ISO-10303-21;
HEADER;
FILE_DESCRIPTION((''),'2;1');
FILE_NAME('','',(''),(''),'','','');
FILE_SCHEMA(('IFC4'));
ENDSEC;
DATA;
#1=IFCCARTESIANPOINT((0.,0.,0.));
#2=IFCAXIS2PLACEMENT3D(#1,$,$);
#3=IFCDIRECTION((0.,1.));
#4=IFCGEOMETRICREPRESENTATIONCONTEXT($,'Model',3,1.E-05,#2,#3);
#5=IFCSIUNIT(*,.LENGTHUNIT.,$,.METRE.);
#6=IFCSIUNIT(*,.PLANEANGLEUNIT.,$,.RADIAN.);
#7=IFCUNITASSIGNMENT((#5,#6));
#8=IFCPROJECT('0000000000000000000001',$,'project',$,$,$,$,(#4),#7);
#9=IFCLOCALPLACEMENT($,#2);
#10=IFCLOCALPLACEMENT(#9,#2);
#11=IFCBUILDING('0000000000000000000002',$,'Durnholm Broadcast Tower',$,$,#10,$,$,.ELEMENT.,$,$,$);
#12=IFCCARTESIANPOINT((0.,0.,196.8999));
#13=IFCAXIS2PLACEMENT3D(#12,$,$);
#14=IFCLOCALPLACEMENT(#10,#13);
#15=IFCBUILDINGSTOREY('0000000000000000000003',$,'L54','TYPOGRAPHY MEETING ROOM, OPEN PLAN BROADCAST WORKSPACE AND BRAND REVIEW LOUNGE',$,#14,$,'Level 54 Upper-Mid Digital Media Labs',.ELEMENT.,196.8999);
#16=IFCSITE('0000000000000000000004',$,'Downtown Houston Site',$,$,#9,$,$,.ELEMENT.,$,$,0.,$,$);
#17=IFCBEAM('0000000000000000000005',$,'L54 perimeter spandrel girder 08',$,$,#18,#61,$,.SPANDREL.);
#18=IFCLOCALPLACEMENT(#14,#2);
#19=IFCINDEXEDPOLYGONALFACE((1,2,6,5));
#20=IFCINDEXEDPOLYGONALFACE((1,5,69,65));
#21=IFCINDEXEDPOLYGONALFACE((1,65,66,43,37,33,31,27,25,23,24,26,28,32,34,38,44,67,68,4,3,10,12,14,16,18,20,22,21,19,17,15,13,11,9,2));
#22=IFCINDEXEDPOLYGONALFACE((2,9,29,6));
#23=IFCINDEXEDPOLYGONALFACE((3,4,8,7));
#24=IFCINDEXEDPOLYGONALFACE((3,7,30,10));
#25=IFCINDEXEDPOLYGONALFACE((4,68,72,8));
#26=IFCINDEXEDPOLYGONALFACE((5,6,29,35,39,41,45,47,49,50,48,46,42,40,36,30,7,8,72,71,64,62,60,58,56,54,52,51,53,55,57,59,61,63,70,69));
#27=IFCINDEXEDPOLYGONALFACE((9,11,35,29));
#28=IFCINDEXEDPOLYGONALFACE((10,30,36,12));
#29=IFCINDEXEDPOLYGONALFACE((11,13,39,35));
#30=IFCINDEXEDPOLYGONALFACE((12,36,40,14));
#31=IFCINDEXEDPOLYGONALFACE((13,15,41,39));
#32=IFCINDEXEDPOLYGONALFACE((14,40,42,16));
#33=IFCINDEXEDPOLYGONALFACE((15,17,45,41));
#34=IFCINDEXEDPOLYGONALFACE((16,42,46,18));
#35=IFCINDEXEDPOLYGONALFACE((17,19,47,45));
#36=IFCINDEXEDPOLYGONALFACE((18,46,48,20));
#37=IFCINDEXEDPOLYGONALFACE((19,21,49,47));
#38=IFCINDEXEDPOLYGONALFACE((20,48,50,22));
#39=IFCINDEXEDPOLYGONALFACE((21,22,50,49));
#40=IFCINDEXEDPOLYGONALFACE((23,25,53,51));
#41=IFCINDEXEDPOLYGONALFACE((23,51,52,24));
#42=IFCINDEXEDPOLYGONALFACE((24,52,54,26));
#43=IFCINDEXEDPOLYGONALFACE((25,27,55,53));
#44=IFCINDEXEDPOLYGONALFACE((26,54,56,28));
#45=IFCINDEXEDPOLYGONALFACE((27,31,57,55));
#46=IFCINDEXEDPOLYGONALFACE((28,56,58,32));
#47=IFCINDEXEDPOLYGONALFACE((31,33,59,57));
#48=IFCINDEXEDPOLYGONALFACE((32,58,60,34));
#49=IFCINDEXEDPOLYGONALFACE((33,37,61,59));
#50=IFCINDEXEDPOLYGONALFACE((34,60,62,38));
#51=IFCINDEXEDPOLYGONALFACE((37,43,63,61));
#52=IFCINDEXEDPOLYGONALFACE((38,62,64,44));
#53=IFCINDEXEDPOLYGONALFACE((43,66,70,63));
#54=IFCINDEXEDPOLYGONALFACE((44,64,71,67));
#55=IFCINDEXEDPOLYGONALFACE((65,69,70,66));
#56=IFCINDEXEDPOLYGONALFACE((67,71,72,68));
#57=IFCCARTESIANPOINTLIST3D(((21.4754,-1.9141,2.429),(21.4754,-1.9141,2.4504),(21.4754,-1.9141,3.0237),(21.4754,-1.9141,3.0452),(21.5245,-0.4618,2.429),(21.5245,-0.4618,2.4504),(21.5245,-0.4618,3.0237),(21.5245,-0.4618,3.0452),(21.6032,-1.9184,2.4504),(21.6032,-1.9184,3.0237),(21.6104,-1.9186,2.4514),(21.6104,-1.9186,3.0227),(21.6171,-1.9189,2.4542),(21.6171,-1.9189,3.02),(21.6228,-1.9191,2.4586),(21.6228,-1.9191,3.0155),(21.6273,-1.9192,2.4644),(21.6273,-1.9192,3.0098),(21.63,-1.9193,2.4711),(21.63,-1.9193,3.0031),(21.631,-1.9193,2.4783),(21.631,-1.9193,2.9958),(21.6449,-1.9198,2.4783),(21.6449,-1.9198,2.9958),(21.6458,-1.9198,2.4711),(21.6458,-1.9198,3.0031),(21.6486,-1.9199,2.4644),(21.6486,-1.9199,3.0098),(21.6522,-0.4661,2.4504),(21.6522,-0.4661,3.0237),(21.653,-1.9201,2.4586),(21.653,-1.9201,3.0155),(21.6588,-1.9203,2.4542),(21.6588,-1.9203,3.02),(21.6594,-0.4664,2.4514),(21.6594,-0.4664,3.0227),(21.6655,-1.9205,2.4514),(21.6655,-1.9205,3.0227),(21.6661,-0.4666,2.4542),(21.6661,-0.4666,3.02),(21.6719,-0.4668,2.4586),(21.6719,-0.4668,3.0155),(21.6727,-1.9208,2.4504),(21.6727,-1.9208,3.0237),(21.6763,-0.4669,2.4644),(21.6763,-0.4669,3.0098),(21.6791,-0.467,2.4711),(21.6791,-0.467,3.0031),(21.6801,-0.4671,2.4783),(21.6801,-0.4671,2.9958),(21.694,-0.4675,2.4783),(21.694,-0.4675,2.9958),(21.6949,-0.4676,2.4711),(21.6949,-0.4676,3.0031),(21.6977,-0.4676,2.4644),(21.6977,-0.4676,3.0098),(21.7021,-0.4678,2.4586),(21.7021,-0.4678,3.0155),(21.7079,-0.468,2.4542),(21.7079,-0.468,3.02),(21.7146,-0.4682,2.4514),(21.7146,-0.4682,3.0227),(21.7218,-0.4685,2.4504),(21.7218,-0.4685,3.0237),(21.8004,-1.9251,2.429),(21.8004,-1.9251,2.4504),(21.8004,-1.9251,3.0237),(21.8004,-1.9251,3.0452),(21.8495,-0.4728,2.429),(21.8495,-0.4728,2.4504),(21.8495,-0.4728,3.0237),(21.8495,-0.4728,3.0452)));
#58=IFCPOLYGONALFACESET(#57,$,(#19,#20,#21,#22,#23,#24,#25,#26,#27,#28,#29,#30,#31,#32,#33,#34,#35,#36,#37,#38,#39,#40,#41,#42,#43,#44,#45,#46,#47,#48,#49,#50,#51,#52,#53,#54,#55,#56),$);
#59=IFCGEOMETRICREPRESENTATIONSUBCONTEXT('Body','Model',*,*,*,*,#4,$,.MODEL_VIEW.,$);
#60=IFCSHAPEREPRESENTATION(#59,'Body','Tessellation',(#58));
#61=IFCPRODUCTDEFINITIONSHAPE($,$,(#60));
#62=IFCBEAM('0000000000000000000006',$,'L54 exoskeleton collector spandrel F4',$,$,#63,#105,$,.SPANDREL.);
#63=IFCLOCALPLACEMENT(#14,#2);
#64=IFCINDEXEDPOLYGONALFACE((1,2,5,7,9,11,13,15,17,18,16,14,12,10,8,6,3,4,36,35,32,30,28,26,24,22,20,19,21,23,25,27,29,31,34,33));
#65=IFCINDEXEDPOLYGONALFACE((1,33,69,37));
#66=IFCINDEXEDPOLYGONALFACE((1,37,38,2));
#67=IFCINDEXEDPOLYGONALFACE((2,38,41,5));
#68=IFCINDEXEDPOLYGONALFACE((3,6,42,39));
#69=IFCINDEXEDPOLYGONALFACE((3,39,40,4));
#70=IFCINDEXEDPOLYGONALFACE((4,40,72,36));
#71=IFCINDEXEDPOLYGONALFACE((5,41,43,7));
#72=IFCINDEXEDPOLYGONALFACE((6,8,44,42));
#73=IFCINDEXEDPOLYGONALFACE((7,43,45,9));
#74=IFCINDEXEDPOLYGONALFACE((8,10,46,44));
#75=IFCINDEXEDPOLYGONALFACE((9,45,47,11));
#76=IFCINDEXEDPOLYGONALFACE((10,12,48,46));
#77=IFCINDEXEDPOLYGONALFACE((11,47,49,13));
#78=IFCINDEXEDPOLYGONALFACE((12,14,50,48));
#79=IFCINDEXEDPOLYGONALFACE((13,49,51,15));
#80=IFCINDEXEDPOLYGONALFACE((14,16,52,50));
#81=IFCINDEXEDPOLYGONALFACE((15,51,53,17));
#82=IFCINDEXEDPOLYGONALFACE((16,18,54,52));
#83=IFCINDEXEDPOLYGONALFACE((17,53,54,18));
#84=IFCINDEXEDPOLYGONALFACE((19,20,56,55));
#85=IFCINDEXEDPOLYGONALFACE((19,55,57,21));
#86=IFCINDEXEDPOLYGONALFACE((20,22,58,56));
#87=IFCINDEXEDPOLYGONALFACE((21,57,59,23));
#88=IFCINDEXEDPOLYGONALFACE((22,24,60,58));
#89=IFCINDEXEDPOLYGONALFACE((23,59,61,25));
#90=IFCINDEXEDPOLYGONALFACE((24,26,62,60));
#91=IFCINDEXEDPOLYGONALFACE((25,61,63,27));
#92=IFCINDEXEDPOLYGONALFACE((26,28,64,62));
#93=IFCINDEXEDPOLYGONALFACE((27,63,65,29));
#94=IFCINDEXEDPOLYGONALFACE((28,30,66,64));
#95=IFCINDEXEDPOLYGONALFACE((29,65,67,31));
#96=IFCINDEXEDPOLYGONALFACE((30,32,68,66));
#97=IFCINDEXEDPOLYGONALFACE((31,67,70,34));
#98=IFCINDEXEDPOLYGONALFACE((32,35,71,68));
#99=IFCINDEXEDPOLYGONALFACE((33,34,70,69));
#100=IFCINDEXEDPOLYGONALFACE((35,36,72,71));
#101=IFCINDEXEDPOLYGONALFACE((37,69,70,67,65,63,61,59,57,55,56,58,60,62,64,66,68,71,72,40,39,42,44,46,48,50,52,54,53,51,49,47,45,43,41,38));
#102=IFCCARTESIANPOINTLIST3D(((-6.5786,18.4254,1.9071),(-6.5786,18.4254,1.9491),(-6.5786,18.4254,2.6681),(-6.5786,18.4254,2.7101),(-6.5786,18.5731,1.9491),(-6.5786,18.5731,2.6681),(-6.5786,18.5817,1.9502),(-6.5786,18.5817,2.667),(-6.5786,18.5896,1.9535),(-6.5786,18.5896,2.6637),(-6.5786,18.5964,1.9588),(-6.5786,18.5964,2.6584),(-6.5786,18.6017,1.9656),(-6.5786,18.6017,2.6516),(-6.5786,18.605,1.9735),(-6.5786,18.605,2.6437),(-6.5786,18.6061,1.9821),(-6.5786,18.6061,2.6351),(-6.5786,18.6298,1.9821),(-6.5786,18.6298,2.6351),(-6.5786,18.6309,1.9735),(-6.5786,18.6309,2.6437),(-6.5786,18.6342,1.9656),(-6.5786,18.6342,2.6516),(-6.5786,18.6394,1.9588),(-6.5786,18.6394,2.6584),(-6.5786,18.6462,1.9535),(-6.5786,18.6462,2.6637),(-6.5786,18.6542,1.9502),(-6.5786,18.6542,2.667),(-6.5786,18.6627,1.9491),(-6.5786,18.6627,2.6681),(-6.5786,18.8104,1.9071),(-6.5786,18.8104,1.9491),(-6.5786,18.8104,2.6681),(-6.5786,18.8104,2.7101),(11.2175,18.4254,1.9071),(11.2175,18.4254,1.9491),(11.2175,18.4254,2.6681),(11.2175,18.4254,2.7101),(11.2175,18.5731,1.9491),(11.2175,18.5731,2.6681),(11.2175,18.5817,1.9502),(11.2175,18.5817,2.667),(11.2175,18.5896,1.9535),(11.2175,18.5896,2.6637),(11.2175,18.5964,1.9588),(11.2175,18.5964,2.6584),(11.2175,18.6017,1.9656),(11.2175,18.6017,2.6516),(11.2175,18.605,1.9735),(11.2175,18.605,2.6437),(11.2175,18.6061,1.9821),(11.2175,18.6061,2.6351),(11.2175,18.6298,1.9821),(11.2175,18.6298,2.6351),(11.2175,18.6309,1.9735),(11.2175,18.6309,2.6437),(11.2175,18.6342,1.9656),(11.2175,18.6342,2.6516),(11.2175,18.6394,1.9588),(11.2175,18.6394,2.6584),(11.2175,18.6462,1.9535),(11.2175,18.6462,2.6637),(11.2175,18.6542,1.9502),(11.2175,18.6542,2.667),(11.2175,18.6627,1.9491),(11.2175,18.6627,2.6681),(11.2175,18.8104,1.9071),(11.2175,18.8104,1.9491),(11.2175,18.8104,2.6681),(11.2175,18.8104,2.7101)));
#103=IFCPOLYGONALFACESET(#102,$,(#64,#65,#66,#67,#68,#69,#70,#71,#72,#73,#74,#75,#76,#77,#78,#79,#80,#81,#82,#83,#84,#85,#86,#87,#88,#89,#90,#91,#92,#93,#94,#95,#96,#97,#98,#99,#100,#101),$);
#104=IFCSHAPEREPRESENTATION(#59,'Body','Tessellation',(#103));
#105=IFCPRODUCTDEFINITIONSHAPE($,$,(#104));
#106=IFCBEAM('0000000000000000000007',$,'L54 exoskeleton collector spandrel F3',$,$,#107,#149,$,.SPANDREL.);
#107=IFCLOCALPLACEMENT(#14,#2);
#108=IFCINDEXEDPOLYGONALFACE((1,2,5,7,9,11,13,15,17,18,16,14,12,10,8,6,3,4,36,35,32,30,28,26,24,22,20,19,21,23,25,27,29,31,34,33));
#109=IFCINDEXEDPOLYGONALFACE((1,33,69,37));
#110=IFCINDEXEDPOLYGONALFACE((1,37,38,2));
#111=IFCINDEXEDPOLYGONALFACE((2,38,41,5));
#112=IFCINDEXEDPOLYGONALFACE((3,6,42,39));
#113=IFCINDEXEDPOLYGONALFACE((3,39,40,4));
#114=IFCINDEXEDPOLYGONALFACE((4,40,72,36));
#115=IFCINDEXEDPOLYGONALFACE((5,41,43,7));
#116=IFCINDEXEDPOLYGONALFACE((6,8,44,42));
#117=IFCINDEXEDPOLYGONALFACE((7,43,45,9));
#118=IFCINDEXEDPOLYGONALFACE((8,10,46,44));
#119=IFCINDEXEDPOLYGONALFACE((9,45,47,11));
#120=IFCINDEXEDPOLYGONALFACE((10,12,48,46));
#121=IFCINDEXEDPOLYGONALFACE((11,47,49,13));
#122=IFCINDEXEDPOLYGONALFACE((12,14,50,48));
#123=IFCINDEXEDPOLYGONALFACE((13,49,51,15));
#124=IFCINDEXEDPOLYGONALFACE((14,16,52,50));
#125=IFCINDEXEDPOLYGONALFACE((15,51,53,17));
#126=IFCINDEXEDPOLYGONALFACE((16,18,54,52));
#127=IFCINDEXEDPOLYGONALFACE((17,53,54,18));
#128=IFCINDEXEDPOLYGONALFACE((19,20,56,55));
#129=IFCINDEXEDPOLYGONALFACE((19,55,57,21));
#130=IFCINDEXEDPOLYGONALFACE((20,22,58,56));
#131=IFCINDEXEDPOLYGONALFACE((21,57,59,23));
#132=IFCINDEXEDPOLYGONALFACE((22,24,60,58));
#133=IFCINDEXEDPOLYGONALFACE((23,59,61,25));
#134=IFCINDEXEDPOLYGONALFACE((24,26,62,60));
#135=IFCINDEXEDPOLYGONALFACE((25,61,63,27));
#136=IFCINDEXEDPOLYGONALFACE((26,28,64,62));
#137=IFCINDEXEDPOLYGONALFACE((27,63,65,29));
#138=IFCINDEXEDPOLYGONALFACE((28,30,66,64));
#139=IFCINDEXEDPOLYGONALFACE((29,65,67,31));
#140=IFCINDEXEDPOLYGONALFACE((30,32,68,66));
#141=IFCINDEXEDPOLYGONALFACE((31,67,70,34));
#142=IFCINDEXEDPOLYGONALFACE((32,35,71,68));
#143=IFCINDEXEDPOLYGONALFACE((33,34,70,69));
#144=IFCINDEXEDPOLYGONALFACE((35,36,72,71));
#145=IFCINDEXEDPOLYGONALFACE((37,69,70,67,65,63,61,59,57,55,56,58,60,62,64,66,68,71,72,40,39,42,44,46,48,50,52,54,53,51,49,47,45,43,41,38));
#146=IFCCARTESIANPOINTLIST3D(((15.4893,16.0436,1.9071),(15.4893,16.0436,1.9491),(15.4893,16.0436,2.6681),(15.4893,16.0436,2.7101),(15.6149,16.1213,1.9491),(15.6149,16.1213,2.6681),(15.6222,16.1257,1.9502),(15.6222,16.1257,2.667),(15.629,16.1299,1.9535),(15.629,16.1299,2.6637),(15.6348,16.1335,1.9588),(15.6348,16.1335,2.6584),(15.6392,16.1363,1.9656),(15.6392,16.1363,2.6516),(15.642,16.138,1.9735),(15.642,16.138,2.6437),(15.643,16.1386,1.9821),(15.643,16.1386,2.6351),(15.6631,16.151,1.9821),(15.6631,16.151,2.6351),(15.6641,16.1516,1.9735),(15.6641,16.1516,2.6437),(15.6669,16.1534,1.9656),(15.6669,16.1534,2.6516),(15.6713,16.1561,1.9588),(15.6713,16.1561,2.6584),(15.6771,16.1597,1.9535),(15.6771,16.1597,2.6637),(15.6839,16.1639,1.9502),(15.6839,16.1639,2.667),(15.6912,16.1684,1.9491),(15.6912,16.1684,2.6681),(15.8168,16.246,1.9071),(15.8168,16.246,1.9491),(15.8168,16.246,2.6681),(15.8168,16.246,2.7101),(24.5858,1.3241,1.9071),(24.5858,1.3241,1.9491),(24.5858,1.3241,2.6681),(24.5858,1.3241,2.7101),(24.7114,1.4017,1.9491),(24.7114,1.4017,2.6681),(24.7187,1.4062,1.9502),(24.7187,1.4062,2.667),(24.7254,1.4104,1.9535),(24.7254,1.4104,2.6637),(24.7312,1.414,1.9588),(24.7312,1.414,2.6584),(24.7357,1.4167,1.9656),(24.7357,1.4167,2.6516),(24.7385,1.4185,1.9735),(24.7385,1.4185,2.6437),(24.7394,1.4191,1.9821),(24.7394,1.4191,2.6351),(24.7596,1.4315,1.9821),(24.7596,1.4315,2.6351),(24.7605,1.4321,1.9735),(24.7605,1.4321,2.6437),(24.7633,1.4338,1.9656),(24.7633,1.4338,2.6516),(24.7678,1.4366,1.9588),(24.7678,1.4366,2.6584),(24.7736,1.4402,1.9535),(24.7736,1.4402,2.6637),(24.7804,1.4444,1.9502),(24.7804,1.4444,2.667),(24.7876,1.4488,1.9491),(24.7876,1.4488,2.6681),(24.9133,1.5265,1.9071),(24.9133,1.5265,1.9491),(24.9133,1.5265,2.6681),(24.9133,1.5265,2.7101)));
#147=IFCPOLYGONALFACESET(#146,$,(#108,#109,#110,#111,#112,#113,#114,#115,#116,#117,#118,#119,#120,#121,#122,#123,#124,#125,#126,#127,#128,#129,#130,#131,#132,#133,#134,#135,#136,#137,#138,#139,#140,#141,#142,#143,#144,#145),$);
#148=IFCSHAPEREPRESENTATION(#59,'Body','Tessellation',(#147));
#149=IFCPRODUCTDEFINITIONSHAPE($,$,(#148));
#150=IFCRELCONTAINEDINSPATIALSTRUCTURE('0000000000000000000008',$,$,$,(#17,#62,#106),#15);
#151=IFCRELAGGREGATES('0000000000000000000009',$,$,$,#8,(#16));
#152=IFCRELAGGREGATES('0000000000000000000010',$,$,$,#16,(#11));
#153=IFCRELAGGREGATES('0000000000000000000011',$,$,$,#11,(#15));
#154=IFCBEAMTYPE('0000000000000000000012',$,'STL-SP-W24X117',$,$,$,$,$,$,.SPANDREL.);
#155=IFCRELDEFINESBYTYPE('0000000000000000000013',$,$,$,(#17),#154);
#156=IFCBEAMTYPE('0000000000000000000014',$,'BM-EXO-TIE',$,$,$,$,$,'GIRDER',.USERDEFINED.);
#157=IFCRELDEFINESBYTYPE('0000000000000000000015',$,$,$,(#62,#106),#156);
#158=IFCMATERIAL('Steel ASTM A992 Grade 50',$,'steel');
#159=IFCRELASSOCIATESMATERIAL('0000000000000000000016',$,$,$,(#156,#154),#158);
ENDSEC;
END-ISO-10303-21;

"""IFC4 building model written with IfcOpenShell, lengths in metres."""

from ifc_helpers import new_model, si_unit, direction, frame, origin, origin_2d, place, context, subcontext, project, spatial, i_section, extrude, source, transform, mapped, material, material_profile, profile_set, type_object, element, save


model = new_model("IFC4")

# Units and contexts
model_context = context("Model", 3, precision=1e-05, world=origin(), true_north=direction((0.0, 1.0)))
body_context = subcontext(model_context, "Body", "Model", "MODEL_VIEW")
ifc_project = project(units=[si_unit("LENGTHUNIT", "METRE"), si_unit("PLANEANGLEUNIT", "RADIAN")], contexts=[model_context])

# Site, building, storey
site_placement = place(None, origin())
site = spatial("IfcSite", under=ifc_project, at=site_placement, Name="Downtown Houston Site", CompositionType="ELEMENT", RefElevation=0.0)
building_placement = place(site_placement, origin())
building = spatial("IfcBuilding", under=site, at=building_placement, Name="Durnholm Broadcast Tower", CompositionType="ELEMENT")
storey_placement = place(building_placement, frame((0.0, 0.0, 196.8999)))
storey = spatial("IfcBuildingStorey", under=building, at=storey_placement, Name="L54", Description="TYPOGRAPHY MEETING ROOM, OPEN PLAN BROADCAST WORKSPACE AND BRAND REVIEW LOUNGE", LongName="Level 54 Upper-Mid Digital Media Labs", CompositionType="ELEMENT", Elevation=196.8999)

# Beams
ifc_material_1 = material(Name="Steel ASTM A992 Grade 50", Category="steel")
ifc_material_profile_1 = material_profile(ifc_material_1, i_section(OverallWidth=0.385, OverallDepth=0.803, WebThickness=0.0237, FlangeThickness=0.042, FilletRadius=0.033, at=origin_2d()), Name="W30X261")
ifc_profile_set_1 = profile_set([ifc_material_profile_1], Name="Steel ASTM A992 Grade 50")
beam_type_1 = type_object("IfcBeamType", Name="BM-EXO-TIE", ElementType="GIRDER", PredefinedType="USERDEFINED", material=ifc_profile_set_1)
ifc_material_profile_2 = material_profile(ifc_material_1, i_section(OverallWidth=0.3252, OverallDepth=0.6162, WebThickness=0.0139, FlangeThickness=0.0215, FilletRadius=0.0278, at=origin_2d()), Name="W24X117")
ifc_profile_set_2 = profile_set([ifc_material_profile_2], Name="Steel ASTM A992 Grade 50")
beam_type_2 = type_object("IfcBeamType", Name="STL-SP-W24X117", PredefinedType="SPANDREL", material=ifc_profile_set_2)
shared_shape_1 = source(origin(), body_context, "Body", "SweptSolid", [
    extrude(i_section(OverallWidth=0.3252, OverallDepth=0.6162, WebThickness=0.0139, FlangeThickness=0.0215, FilletRadius=0.0278, at=origin_2d()), origin(), (0.0, 0.0, 1.0), 1.4531),
])
beam_1_placement = place(storey_placement, frame((21.687, -0.4673, 2.7371), z_axis=(-0.033768, -0.99943, 0.0), x_axis=(0.99943, -0.033768, 0.0)))
element("IfcBeam", 1, at=beam_1_placement, inside=storey, type_object=beam_type_2, Name="L54 perimeter spandrel girder 08", PredefinedType="SPANDREL", context=body_context, shape_type="MappedRepresentation", body=[
    mapped(shared_shape_1, transform((0.0, 0.0, 0.0), x_axis=(1.0, 0.0, 0.0), y_axis=(0.0, 1.0, 0.0), z_axis=(0.0, 0.0, 1.0), scale=1.0)),
])
shared_shape_2 = source(origin(), body_context, "Body", "SweptSolid", [
    extrude(i_section(OverallWidth=0.385, OverallDepth=0.803, WebThickness=0.0237, FlangeThickness=0.042, FilletRadius=0.033, at=origin_2d()), origin(), (0.0, 0.0, 1.0), 17.7961),
])
beam_2_placement = place(storey_placement, frame((11.2175, 18.6179, 2.3086), z_axis=(-1.0, 0.0, 0.0), x_axis=(0.0, -1.0, 0.0)))
element("IfcBeam", 2, at=beam_2_placement, inside=storey, type_object=beam_type_1, Name="L54 exoskeleton collector spandrel F4", PredefinedType="SPANDREL", context=body_context, shape_type="MappedRepresentation", body=[
    mapped(shared_shape_2, transform((0.0, 0.0, 0.0), x_axis=(1.0, 0.0, 0.0), y_axis=(0.0, 1.0, 0.0), z_axis=(0.0, 0.0, 1.0), scale=1.0)),
])
shared_shape_3 = source(origin(), body_context, "Body", "SweptSolid", [
    extrude(i_section(OverallWidth=0.385, OverallDepth=0.803, WebThickness=0.0237, FlangeThickness=0.042, FilletRadius=0.033, at=origin_2d()), origin(), (0.0, 0.0, 1.0), 17.3035),
])
beam_3_placement = place(storey_placement, frame((24.7495, 1.4253, 2.3086), z_axis=(-0.525702, 0.850669, 0.0), x_axis=(-0.850669, -0.525702, 0.0)))
element("IfcBeam", 3, at=beam_3_placement, inside=storey, type_object=beam_type_1, Name="L54 exoskeleton collector spandrel F3", PredefinedType="SPANDREL", context=body_context, shape_type="MappedRepresentation", body=[
    mapped(shared_shape_3, transform((0.0, 0.0, 0.0), x_axis=(1.0, 0.0, 0.0), y_axis=(0.0, 1.0, 0.0), z_axis=(0.0, 0.0, 1.0), scale=1.0)),
])

save(model, "model.ifc")
